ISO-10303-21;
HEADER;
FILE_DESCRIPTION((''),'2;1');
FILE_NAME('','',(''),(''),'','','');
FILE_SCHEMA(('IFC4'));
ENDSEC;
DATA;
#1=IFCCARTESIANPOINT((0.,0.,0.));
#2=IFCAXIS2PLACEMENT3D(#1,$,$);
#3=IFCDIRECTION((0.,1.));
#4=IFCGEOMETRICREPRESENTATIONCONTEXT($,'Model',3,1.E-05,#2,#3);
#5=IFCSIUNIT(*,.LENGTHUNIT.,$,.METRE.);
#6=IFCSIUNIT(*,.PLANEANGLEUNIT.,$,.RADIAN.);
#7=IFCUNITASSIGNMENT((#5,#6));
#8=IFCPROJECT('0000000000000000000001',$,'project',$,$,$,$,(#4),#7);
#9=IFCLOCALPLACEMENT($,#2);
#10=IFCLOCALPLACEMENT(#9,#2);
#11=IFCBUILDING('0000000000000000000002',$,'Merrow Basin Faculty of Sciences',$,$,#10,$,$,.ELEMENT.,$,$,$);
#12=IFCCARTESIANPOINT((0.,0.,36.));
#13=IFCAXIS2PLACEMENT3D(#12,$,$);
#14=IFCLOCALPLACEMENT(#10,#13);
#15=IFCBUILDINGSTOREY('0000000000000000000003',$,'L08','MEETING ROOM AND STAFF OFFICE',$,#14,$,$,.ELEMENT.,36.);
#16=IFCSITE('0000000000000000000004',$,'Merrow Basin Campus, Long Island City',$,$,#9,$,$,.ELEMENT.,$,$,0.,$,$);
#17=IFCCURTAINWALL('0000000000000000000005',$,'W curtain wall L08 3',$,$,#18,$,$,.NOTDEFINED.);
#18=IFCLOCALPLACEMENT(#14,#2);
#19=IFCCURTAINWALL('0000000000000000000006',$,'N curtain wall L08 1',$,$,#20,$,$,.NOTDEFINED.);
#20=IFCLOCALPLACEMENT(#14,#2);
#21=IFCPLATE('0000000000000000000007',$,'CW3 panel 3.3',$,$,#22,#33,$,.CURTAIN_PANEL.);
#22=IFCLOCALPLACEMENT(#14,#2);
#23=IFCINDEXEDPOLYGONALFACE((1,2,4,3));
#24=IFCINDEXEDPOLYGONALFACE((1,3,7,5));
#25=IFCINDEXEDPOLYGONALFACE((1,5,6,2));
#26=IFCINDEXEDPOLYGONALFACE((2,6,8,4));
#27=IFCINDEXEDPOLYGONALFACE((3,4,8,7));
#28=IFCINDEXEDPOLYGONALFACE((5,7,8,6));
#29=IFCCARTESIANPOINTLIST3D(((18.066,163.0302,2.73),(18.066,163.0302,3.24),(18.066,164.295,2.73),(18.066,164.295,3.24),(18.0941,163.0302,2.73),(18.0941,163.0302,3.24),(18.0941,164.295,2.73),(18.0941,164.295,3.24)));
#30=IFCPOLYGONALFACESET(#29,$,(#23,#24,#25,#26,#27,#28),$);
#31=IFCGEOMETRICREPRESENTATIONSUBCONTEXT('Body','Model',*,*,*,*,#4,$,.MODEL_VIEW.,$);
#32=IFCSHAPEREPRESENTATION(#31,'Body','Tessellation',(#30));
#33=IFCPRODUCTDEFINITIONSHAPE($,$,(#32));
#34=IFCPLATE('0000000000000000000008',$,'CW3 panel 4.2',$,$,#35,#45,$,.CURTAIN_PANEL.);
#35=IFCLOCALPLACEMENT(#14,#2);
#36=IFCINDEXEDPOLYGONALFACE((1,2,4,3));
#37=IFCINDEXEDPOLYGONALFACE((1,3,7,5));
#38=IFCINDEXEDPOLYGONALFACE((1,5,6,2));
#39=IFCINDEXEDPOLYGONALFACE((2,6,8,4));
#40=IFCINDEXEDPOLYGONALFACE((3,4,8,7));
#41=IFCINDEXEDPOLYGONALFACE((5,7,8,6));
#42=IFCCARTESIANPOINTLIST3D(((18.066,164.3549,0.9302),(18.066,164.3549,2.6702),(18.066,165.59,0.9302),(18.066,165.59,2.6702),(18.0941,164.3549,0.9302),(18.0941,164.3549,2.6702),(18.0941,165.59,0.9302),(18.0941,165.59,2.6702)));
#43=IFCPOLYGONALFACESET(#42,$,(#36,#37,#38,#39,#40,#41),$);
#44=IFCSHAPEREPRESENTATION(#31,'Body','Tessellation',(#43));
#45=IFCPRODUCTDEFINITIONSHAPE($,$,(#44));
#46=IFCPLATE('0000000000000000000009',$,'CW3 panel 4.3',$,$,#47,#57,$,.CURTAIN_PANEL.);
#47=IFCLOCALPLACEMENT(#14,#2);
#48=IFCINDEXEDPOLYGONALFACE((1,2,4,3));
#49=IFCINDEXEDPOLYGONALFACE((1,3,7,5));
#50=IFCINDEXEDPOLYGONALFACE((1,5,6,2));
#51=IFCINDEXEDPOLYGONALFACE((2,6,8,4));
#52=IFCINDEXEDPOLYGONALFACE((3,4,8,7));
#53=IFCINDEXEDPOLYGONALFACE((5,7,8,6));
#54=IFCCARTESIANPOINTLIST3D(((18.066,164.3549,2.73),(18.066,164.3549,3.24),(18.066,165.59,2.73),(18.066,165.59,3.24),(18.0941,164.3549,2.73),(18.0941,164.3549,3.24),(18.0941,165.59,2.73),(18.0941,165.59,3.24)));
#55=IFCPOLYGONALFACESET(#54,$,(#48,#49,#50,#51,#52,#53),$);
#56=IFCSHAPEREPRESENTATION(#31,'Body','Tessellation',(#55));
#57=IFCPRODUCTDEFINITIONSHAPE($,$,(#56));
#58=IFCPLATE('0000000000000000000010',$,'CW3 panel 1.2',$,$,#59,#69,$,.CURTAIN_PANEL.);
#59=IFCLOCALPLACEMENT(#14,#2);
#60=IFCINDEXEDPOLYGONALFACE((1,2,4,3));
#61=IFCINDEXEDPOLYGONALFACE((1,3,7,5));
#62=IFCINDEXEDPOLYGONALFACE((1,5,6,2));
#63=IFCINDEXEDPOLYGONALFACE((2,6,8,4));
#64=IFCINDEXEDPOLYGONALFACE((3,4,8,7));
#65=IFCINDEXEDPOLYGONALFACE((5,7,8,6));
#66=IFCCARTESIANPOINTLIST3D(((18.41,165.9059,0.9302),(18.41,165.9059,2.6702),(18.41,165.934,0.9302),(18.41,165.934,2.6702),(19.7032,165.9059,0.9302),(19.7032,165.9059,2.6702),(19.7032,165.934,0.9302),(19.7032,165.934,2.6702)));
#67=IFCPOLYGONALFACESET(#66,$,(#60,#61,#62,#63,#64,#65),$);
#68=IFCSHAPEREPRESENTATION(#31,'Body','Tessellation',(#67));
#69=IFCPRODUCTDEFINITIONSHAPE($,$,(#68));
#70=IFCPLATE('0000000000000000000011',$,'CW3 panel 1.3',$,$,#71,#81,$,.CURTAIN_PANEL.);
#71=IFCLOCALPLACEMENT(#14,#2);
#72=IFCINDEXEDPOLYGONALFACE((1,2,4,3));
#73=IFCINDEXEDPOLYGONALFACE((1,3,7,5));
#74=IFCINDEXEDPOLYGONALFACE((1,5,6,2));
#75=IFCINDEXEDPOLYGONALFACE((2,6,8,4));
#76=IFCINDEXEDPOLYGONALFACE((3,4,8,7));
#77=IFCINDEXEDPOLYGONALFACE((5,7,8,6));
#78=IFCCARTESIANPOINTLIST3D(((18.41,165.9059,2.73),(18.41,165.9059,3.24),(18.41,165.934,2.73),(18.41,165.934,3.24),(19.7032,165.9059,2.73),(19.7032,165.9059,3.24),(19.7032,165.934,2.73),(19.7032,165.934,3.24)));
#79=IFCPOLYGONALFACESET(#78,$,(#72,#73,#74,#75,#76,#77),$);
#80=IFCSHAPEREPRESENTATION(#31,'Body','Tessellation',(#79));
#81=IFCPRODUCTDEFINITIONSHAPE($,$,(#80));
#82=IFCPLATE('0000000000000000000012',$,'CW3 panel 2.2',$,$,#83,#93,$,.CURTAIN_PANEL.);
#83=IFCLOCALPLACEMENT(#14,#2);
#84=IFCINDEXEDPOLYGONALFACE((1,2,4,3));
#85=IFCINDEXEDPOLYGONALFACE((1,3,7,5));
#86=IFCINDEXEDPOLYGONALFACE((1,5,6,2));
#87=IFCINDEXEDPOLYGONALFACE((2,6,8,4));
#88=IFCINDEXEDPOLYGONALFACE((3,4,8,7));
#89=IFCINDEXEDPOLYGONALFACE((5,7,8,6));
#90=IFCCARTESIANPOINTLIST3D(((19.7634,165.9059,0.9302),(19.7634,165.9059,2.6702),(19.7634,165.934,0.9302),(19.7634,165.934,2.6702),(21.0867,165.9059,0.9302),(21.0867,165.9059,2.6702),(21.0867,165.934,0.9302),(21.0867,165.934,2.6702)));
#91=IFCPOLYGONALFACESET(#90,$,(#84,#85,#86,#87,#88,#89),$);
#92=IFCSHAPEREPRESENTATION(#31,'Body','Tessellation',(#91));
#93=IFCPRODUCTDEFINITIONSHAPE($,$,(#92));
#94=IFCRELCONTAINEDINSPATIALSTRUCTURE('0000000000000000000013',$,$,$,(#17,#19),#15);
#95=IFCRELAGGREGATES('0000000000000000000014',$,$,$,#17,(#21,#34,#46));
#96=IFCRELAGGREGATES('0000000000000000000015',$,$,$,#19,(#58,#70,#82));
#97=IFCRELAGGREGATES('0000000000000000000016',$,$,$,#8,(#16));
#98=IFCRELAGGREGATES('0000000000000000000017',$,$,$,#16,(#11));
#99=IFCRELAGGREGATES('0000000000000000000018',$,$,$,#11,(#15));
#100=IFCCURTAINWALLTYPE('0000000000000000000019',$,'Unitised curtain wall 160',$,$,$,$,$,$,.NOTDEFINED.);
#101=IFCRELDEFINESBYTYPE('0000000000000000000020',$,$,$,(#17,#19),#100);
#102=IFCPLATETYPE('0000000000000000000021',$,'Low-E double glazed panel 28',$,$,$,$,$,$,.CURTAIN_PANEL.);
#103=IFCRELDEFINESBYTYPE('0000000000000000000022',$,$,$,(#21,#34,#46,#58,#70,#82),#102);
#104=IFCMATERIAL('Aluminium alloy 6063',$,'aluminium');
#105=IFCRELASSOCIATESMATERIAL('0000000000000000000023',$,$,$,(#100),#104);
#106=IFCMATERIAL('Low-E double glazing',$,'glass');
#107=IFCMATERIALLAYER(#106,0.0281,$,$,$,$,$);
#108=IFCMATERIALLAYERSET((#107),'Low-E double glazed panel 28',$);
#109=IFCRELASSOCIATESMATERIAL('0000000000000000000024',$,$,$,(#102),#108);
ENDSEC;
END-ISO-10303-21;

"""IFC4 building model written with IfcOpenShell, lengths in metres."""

from ifc_helpers import new_model, si_unit, direction, frame, origin, origin_2d, place, context, subcontext, project, spatial, rectangle, extrude, material, layer, layer_set, type_object, element, aggregate, save


model = new_model("IFC4")

# Units and contexts
model_context = context("Model", 3, precision=1e-05, world=origin(), true_north=direction((0.0, 1.0)))
body_context = subcontext(model_context, "Body", "Model", "MODEL_VIEW")
ifc_project = project(units=[si_unit("LENGTHUNIT", "METRE"), si_unit("PLANEANGLEUNIT", "RADIAN")], contexts=[model_context])

# Site, building, storey
site_placement = place(None, origin())
site = spatial("IfcSite", under=ifc_project, at=site_placement, Name="Merrow Basin Campus, Long Island City", CompositionType="ELEMENT", RefElevation=0.0)
building_placement = place(site_placement, origin())
building = spatial("IfcBuilding", under=site, at=building_placement, Name="Merrow Basin Faculty of Sciences", CompositionType="ELEMENT")
storey_placement = place(building_placement, frame((0.0, 0.0, 36.0)))
storey = spatial("IfcBuildingStorey", under=building, at=storey_placement, Name="L08", Description="MEETING ROOM AND STAFF OFFICE", CompositionType="ELEMENT", Elevation=36.0)

# Curtain walls
ifc_material_1 = material(Name="Aluminium alloy 6063", Category="aluminium")
curtain_wall_type = type_object("IfcCurtainWallType", Name="Unitised curtain wall 160", PredefinedType="NOTDEFINED", material=ifc_material_1)
curtain_wall_1_placement = place(storey_placement, origin())
curtain_wall_1 = element("IfcCurtainWall", 1, at=curtain_wall_1_placement, inside=storey, type_object=curtain_wall_type, Name="W curtain wall L08 3", PredefinedType="NOTDEFINED")
curtain_wall_2_placement = place(storey_placement, origin())
curtain_wall_2 = element("IfcCurtainWall", 2, at=curtain_wall_2_placement, inside=storey, type_object=curtain_wall_type, Name="N curtain wall L08 1", PredefinedType="NOTDEFINED")

# Plates
ifc_material_2 = material(Name="Low-E double glazing", Category="glass")
ifc_layer = layer(ifc_material_2, 0.0281)
ifc_layer_set = layer_set([ifc_layer], Name="Low-E double glazed panel 28")
plate_type = type_object("IfcPlateType", Name="Low-E double glazed panel 28", PredefinedType="CURTAIN_PANEL", material=ifc_layer_set)
plate_1_placement = place(storey_placement, frame((18.0801, 163.6626, 2.73), z_axis=(0.0, 0.0, 1.0), x_axis=(0.0, 1.0, 0.0)))
plate_1 = element("IfcPlate", 3, at=plate_1_placement, type_object=plate_type, Name="CW3 panel 3.3", PredefinedType="CURTAIN_PANEL", context=body_context, shape_type="SweptSolid", body=[
    extrude(rectangle(XDim=1.2649, YDim=0.0281, at=origin_2d()), origin(), (0.0, 0.0, 1.0), 0.51),
])
plate_2_placement = place(storey_placement, frame((18.0801, 164.9724, 0.9302), z_axis=(0.0, 0.0, 1.0), x_axis=(0.0, 1.0, 0.0)))
plate_2 = element("IfcPlate", 4, at=plate_2_placement, type_object=plate_type, Name="CW3 panel 4.2", PredefinedType="CURTAIN_PANEL", context=body_context, shape_type="SweptSolid", body=[
    extrude(rectangle(XDim=1.2351, YDim=0.0281, at=origin_2d()), origin(), (0.0, 0.0, 1.0), 1.74),
])
plate_3_placement = place(storey_placement, frame((18.0801, 164.9724, 2.73), z_axis=(0.0, 0.0, 1.0), x_axis=(0.0, 1.0, 0.0)))
plate_3 = element("IfcPlate", 5, at=plate_3_placement, type_object=plate_type, Name="CW3 panel 4.3", PredefinedType="CURTAIN_PANEL", context=body_context, shape_type="SweptSolid", body=[
    extrude(rectangle(XDim=1.2351, YDim=0.0281, at=origin_2d()), origin(), (0.0, 0.0, 1.0), 0.51),
])
aggregate(curtain_wall_1, [plate_1, plate_2, plate_3])
plate_4_placement = place(storey_placement, frame((19.0566, 165.9199, 0.9302), z_axis=(0.0, 0.0, 1.0), x_axis=(1.0, 0.0, 0.0)))
plate_4 = element("IfcPlate", 6, at=plate_4_placement, type_object=plate_type, Name="CW3 panel 1.2", PredefinedType="CURTAIN_PANEL", context=body_context, shape_type="SweptSolid", body=[
    extrude(rectangle(XDim=1.2932, YDim=0.0281, at=origin_2d()), origin(), (0.0, 0.0, 1.0), 1.74),
])
plate_5_placement = place(storey_placement, frame((19.0566, 165.9199, 2.73), z_axis=(0.0, 0.0, 1.0), x_axis=(1.0, 0.0, 0.0)))
plate_5 = element("IfcPlate", 7, at=plate_5_placement, type_object=plate_type, Name="CW3 panel 1.3", PredefinedType="CURTAIN_PANEL", context=body_context, shape_type="SweptSolid", body=[
    extrude(rectangle(XDim=1.2932, YDim=0.0281, at=origin_2d()), origin(), (0.0, 0.0, 1.0), 0.51),
])
plate_6_placement = place(storey_placement, frame((20.425, 165.9199, 0.9302), z_axis=(0.0, 0.0, 1.0), x_axis=(1.0, 0.0, 0.0)))
plate_6 = element("IfcPlate", 8, at=plate_6_placement, type_object=plate_type, Name="CW3 panel 2.2", PredefinedType="CURTAIN_PANEL", context=body_context, shape_type="SweptSolid", body=[
    extrude(rectangle(XDim=1.3232, YDim=0.0281, at=origin_2d()), origin(), (0.0, 0.0, 1.0), 1.74),
])
aggregate(curtain_wall_2, [plate_4, plate_5, plate_6])

save(model, "model.ifc")
